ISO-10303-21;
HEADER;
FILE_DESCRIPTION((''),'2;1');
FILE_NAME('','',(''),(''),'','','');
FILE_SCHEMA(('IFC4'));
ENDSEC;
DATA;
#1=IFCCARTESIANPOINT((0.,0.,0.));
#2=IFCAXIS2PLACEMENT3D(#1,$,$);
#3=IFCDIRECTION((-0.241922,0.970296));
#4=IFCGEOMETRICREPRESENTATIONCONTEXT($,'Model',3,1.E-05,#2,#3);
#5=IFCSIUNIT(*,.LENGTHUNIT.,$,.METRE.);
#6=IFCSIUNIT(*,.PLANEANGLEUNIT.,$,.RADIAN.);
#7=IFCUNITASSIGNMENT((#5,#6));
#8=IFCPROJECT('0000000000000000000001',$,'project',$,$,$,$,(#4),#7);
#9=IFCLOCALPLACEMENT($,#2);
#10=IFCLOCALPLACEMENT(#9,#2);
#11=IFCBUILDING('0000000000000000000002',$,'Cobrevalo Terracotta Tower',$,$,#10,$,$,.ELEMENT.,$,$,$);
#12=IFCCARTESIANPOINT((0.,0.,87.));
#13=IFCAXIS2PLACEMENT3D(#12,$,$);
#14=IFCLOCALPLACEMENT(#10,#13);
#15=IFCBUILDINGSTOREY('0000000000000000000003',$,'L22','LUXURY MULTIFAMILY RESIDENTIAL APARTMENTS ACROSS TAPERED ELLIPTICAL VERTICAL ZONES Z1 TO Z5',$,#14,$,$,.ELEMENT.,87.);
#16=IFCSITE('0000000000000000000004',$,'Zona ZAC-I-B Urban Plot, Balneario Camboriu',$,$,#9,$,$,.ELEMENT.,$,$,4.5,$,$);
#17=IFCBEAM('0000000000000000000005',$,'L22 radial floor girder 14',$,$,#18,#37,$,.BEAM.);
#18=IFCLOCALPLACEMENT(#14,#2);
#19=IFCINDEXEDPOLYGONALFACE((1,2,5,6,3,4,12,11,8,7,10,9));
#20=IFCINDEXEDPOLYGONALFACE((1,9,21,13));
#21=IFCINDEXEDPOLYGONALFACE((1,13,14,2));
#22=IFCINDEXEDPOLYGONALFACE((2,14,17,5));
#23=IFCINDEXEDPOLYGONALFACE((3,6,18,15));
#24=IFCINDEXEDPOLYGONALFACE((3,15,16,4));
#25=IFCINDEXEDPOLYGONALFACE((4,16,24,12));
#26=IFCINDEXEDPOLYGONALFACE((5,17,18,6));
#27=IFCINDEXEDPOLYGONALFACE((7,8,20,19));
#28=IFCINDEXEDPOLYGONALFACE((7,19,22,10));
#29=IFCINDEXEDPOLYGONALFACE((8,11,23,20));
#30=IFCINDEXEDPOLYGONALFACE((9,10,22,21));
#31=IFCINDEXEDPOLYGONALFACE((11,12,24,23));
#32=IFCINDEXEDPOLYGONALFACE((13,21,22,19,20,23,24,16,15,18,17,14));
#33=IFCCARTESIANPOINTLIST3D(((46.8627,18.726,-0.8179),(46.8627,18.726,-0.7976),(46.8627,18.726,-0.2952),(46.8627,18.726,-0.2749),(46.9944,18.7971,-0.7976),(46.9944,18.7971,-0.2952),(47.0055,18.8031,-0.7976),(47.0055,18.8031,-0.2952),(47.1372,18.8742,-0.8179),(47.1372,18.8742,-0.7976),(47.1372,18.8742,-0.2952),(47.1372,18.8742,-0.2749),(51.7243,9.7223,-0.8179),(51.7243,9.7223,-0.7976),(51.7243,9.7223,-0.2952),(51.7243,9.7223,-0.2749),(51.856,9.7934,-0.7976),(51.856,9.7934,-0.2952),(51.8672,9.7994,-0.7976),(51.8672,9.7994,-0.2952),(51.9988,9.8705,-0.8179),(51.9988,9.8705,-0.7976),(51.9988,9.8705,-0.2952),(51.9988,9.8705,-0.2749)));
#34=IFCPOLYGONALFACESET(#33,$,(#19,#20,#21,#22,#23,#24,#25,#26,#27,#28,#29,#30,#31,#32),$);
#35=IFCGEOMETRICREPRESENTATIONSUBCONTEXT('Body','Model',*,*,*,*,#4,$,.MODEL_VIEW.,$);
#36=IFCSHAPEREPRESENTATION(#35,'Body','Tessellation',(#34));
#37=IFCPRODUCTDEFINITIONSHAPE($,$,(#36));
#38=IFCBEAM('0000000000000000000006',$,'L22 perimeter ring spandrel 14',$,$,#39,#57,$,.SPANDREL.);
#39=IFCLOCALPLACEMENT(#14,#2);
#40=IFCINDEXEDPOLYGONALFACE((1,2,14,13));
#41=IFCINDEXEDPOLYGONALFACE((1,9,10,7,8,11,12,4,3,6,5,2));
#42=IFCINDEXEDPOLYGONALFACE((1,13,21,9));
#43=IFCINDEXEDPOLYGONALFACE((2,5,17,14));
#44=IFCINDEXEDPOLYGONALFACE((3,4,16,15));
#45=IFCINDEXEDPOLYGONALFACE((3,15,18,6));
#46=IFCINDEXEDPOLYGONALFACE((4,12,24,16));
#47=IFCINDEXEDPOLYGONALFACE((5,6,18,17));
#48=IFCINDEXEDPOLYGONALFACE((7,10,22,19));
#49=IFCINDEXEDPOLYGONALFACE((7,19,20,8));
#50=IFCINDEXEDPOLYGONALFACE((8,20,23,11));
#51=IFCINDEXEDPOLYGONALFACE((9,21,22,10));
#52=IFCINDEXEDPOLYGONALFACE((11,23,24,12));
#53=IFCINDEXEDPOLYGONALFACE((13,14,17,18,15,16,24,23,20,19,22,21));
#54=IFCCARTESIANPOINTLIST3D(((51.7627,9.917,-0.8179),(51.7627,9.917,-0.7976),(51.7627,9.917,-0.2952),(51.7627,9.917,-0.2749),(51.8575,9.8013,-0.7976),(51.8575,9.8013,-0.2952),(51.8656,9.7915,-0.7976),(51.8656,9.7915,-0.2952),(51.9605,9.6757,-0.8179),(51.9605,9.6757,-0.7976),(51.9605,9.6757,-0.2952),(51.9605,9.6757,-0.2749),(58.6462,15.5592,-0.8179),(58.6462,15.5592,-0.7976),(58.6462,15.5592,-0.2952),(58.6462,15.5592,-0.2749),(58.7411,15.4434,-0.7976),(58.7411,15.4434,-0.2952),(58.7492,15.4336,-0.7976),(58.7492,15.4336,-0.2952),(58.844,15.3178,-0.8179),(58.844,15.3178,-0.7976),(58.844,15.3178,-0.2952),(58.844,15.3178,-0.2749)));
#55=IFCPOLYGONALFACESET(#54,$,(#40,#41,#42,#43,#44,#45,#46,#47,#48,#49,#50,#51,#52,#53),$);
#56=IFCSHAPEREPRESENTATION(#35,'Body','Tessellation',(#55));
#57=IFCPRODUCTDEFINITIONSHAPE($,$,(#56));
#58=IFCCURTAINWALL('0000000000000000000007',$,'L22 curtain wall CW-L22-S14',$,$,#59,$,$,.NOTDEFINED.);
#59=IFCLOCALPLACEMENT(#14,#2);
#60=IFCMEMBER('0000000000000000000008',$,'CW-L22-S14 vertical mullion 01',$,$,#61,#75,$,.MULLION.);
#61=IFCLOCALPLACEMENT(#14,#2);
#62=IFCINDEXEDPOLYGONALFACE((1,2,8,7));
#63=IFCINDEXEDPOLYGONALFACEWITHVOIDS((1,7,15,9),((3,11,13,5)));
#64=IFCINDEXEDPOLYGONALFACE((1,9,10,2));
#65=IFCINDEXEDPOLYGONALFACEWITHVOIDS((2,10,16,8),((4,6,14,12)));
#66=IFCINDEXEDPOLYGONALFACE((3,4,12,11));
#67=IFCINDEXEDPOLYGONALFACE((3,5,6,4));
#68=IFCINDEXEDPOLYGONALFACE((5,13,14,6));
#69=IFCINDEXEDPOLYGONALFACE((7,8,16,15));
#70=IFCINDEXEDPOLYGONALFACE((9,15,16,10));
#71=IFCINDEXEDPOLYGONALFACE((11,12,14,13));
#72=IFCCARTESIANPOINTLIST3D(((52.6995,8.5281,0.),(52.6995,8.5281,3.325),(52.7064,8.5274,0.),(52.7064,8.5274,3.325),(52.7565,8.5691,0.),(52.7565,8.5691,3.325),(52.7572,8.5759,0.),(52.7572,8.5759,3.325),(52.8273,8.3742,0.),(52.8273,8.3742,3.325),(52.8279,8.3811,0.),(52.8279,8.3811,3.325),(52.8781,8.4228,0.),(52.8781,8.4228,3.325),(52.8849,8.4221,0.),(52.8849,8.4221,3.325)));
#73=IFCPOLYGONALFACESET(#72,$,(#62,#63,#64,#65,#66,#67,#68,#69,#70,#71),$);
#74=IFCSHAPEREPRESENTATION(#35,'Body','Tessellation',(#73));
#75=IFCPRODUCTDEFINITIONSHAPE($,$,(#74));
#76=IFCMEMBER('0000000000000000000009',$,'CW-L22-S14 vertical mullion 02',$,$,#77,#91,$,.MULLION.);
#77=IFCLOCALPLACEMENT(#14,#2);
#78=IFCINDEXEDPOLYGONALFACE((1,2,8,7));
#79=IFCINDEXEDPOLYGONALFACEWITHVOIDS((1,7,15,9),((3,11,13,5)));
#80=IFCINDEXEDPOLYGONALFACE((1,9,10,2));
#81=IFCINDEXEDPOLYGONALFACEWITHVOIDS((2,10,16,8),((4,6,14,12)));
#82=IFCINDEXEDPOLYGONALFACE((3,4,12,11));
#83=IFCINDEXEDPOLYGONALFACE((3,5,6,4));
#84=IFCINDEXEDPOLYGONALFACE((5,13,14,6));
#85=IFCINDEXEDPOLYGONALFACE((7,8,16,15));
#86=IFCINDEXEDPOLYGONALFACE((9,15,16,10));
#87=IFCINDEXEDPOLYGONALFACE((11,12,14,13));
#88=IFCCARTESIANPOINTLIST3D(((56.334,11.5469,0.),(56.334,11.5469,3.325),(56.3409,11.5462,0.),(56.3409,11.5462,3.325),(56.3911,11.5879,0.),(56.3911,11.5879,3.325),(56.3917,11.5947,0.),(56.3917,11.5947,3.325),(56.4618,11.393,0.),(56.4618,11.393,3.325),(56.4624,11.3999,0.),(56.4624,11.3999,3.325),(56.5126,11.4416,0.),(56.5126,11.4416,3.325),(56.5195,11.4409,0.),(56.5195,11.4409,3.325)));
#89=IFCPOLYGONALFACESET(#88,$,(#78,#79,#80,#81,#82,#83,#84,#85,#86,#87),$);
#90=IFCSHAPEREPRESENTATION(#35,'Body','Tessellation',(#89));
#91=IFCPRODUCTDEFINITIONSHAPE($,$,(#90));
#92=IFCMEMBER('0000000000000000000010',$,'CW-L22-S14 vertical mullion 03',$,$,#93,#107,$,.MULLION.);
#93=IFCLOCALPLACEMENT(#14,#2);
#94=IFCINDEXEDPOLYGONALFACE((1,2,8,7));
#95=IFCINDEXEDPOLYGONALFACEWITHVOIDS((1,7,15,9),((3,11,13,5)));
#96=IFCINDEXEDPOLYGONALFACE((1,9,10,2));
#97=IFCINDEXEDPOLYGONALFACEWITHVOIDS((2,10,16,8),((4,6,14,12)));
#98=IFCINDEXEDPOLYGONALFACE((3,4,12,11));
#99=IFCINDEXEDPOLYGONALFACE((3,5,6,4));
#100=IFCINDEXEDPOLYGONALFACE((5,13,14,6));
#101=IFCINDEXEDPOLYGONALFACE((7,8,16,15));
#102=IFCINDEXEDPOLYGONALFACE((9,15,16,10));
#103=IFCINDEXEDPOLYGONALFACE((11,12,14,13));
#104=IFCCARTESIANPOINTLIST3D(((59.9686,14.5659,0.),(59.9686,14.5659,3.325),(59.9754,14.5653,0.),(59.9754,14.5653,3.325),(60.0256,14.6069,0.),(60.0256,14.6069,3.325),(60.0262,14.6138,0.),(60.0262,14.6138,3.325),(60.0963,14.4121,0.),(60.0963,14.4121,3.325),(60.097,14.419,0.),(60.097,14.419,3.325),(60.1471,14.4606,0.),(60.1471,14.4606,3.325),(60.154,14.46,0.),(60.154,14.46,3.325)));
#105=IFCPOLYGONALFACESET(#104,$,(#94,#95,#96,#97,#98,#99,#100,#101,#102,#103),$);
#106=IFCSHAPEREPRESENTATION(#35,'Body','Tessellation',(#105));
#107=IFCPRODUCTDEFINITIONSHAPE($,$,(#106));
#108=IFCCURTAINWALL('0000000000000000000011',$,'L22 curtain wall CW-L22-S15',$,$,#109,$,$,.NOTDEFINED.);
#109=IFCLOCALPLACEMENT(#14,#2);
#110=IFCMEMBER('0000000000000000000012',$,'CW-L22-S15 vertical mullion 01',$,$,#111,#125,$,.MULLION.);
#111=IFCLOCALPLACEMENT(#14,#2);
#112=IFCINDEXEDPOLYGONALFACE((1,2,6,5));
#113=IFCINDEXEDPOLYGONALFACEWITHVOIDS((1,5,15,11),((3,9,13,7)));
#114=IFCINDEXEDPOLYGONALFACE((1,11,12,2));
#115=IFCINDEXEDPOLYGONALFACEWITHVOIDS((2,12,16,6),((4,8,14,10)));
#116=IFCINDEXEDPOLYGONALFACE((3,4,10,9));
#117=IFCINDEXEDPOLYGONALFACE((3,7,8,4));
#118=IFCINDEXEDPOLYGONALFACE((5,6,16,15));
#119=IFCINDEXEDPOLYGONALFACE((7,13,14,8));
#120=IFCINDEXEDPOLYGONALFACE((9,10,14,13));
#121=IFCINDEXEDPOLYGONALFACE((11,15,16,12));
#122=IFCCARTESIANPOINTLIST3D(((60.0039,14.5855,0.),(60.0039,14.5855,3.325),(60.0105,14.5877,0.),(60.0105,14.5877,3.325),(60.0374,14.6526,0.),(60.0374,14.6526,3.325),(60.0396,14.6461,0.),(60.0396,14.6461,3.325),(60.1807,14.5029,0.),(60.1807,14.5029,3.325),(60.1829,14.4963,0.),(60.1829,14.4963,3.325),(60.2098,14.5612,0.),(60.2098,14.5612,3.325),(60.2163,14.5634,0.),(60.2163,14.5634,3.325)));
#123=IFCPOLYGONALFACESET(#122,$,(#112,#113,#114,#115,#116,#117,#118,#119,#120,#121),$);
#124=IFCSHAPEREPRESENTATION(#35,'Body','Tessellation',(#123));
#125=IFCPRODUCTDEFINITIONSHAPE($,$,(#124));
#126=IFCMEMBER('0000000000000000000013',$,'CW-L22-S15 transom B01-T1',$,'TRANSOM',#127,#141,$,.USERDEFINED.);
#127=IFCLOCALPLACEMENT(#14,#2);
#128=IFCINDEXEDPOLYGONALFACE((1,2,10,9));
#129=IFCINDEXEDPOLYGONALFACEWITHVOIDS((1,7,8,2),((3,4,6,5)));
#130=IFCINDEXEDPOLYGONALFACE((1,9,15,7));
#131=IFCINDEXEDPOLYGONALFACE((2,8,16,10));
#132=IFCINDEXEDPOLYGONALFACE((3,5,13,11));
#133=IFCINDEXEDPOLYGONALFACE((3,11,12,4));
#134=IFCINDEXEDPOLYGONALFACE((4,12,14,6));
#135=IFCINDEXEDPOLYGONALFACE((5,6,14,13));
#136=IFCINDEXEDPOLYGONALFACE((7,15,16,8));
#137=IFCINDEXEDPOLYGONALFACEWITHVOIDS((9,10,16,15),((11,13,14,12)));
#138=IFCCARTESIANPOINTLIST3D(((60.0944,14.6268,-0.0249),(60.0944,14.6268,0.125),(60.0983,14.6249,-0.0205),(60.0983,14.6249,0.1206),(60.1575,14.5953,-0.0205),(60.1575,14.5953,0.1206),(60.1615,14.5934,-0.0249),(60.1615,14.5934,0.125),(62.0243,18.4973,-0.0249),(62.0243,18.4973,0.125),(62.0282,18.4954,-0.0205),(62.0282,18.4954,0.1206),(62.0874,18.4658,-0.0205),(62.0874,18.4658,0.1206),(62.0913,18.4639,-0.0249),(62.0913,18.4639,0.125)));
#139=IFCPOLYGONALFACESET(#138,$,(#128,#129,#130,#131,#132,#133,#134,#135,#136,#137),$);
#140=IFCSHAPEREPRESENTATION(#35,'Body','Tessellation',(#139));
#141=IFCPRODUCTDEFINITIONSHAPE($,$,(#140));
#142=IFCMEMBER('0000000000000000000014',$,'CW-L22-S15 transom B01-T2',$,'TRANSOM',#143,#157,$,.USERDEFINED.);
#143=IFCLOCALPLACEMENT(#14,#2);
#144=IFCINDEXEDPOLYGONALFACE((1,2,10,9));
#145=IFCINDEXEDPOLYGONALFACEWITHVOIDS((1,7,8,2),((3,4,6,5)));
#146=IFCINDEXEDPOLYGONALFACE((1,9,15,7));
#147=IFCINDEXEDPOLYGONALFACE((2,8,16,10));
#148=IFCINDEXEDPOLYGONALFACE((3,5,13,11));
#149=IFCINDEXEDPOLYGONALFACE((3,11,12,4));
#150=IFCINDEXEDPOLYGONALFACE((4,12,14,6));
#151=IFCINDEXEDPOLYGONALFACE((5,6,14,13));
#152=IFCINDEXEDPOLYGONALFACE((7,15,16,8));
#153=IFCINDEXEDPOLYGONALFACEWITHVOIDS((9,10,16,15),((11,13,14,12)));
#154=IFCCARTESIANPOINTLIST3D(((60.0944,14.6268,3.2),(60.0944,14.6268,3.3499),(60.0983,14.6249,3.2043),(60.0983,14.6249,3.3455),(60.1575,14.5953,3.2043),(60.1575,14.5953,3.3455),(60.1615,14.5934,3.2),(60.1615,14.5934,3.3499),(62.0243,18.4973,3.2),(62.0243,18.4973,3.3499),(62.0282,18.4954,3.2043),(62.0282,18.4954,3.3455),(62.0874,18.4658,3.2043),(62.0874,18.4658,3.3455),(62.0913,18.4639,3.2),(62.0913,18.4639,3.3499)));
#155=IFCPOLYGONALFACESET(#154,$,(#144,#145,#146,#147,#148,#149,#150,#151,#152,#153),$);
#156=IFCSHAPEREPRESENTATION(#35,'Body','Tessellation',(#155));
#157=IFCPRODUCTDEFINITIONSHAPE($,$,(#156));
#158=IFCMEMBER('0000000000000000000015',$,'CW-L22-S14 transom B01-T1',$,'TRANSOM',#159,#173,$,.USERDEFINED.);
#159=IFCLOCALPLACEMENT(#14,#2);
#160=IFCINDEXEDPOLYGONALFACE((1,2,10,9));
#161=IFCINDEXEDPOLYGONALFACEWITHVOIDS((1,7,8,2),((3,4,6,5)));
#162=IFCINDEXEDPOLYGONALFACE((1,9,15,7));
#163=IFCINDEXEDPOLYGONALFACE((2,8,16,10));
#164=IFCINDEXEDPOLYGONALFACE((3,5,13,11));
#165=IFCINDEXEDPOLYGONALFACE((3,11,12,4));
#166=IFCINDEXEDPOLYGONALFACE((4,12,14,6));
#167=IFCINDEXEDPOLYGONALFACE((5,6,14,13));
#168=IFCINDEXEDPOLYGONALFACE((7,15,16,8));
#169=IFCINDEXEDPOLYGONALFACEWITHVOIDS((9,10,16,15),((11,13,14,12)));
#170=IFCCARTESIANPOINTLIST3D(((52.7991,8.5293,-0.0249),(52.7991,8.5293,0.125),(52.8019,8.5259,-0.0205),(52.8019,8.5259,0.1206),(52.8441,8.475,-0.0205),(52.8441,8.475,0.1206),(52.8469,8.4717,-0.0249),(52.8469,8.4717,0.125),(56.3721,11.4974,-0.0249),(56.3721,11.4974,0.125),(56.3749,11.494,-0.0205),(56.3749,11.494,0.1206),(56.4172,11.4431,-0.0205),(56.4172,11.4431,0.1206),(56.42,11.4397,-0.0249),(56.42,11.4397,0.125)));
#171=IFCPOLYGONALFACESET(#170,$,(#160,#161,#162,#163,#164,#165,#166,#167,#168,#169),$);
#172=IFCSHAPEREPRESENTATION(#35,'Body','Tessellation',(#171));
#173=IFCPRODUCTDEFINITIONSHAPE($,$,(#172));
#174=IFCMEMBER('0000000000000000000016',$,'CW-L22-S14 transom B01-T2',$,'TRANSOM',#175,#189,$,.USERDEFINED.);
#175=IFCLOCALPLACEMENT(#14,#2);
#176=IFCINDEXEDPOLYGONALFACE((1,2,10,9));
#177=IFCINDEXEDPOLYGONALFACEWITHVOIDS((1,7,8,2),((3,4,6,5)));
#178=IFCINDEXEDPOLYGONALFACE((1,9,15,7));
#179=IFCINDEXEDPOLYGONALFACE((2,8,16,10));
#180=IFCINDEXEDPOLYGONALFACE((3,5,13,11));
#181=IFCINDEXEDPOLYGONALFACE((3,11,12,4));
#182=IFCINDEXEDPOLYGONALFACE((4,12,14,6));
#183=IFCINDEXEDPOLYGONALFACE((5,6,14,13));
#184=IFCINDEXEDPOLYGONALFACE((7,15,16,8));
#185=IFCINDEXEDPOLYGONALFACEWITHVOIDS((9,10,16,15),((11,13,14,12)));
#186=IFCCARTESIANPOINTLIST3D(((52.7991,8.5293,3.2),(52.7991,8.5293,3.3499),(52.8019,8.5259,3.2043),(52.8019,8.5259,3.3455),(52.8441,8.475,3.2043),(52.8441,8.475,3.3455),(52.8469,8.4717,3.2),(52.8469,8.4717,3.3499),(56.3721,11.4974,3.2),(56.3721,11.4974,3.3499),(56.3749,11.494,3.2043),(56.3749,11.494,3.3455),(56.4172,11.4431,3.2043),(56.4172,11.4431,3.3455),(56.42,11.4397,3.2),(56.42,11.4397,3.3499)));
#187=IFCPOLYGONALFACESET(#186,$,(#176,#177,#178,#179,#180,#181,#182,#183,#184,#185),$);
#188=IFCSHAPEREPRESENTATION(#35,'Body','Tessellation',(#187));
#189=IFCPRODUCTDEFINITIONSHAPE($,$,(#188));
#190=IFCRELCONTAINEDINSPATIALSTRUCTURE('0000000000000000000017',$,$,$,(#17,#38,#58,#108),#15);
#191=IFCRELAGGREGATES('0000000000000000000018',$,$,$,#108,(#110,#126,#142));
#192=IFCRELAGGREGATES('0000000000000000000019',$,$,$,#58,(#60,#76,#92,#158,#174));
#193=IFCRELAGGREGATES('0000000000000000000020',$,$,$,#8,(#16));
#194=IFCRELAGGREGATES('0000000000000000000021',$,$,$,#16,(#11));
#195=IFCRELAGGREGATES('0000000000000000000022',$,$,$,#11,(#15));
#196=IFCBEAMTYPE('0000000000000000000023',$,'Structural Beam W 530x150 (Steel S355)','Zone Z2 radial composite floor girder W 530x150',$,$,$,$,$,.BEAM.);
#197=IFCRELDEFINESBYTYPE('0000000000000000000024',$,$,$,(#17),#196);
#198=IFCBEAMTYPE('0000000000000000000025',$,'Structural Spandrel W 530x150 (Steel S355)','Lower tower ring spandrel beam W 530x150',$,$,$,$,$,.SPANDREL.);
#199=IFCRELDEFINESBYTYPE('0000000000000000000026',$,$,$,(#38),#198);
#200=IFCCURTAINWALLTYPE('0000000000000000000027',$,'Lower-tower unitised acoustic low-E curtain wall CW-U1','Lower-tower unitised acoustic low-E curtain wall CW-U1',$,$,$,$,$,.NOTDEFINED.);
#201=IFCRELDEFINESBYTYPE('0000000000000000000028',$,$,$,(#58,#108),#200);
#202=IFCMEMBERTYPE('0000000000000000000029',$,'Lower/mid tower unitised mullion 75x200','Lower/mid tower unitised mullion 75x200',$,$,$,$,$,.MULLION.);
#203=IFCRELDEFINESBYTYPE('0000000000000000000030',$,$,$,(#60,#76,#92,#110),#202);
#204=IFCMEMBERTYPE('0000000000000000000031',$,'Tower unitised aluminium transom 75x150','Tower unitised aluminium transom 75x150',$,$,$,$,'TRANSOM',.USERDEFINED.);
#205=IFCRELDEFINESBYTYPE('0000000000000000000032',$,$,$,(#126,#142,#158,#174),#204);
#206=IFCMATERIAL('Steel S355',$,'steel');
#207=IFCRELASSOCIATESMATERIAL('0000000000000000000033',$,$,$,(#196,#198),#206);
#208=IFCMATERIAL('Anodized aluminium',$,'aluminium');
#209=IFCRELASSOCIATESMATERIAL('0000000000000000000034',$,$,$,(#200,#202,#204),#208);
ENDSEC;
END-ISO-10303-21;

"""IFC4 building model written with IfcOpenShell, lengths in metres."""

from ifc_helpers import new_model, si_unit, direction, frame, origin, origin_2d, place, context, subcontext, project, spatial, hollow_rectangle, i_section, extrude, source, transform, mapped, material, material_profile, profile_set, type_object, element, aggregate, save


model = new_model("IFC4")

# Units and contexts
model_context = context("Model", 3, precision=1e-05, world=origin(), true_north=direction((-0.241922, 0.970296)))
body_context = subcontext(model_context, "Body", "Model", "MODEL_VIEW")
ifc_project = project(units=[si_unit("LENGTHUNIT", "METRE"), si_unit("PLANEANGLEUNIT", "RADIAN")], contexts=[model_context])

# Site, building, storey
site_placement = place(None, origin())
site = spatial("IfcSite", under=ifc_project, at=site_placement, Name="Zona ZAC-I-B Urban Plot, Balneario Camboriu", CompositionType="ELEMENT", RefElevation=4.5)
building_placement = place(site_placement, origin())
building = spatial("IfcBuilding", under=site, at=building_placement, Name="Cobrevalo Terracotta Tower", CompositionType="ELEMENT")
storey_placement = place(building_placement, frame((0.0, 0.0, 87.0)))
storey = spatial("IfcBuildingStorey", under=building, at=storey_placement, Name="L22", Description="LUXURY MULTIFAMILY RESIDENTIAL APARTMENTS ACROSS TAPERED ELLIPTICAL VERTICAL ZONES Z1 TO Z5", CompositionType="ELEMENT", Elevation=87.0)

# Shared definitions
ifc_material_1 = material(Name="Steel S355", Category="steel")

# Beams
ifc_material_profile_1 = material_profile(ifc_material_1, i_section(OverallWidth=0.312, OverallDepth=0.543, WebThickness=0.0127, FlangeThickness=0.0203, at=origin_2d()), Name="W 530x150")
ifc_profile_set_1 = profile_set([ifc_material_profile_1], Name="Steel S355")
beam_type_1 = type_object("IfcBeamType", Name="Structural Beam W 530x150 (Steel S355)", Description="Zone Z2 radial composite floor girder W 530x150", PredefinedType="BEAM", material=ifc_profile_set_1)
beam_1_placement = place(storey_placement, frame((51.8616, 9.7964, -0.5464), z_axis=(-0.475118, 0.879922, 0.0), x_axis=(-0.879922, -0.475118, 0.0)))
element("IfcBeam", 1, at=beam_1_placement, inside=storey, type_object=beam_type_1, Name="L22 radial floor girder 14", PredefinedType="BEAM", context=body_context, shape_type="SweptSolid", body=[
    extrude(i_section(OverallWidth=0.312, OverallDepth=0.543, WebThickness=0.0127, FlangeThickness=0.0203, at=origin_2d()), origin(), (0.0, 0.0, 1.0), 10.2324),
])
ifc_material_profile_2 = material_profile(ifc_material_1, i_section(OverallWidth=0.312, OverallDepth=0.543, WebThickness=0.0127, FlangeThickness=0.0203, at=origin_2d()), Name="W 530x150")
ifc_profile_set_2 = profile_set([ifc_material_profile_2], Name="Steel S355")
beam_type_2 = type_object("IfcBeamType", Name="Structural Spandrel W 530x150 (Steel S355)", Description="Lower tower ring spandrel beam W 530x150", PredefinedType="SPANDREL", material=ifc_profile_set_2)
beam_2_placement = place(storey_placement, frame((51.8616, 9.7964, -0.5464), z_axis=(0.773401, 0.633917, 0.0), x_axis=(-0.633917, 0.773401, 0.0)))
element("IfcBeam", 2, at=beam_2_placement, inside=storey, type_object=beam_type_2, Name="L22 perimeter ring spandrel 14", PredefinedType="SPANDREL", context=body_context, shape_type="SweptSolid", body=[
    extrude(i_section(OverallWidth=0.312, OverallDepth=0.543, WebThickness=0.0127, FlangeThickness=0.0203, at=origin_2d()), origin(), (0.0, 0.0, 1.0), 8.9004),
])

# Curtain walls, members
ifc_material_2 = material(Name="Anodized aluminium", Category="aluminium")
curtain_wall_type = type_object("IfcCurtainWallType", Name="Lower-tower unitised acoustic low-E curtain wall CW-U1", Description="Lower-tower unitised acoustic low-E curtain wall CW-U1", PredefinedType="NOTDEFINED", material=ifc_material_2)
curtain_wall_1_placement = place(storey_placement, origin())
curtain_wall_1 = element("IfcCurtainWall", 3, at=curtain_wall_1_placement, inside=storey, type_object=curtain_wall_type, Name="L22 curtain wall CW-L22-S14", PredefinedType="NOTDEFINED")
ifc_material_profile_3 = material_profile(ifc_material_2, hollow_rectangle(XDim=0.075, YDim=0.2, WallThickness=0.0049, at=origin_2d()), Name="CWM 75x200")
ifc_profile_set_3 = profile_set([ifc_material_profile_3], Name="Anodized aluminium")
member_type_1 = type_object("IfcMemberType", Name="Lower/mid tower unitised mullion 75x200", Description="Lower/mid tower unitised mullion 75x200", PredefinedType="MULLION", material=ifc_profile_set_3)
shared_shape_1 = source(origin(), body_context, "Body", "SweptSolid", [
    extrude(hollow_rectangle(XDim=0.075, YDim=0.2, WallThickness=0.0049, at=origin_2d()), origin(), (0.0, 0.0, 1.0), 3.325),
])
member_1_placement = place(storey_placement, frame((52.7922, 8.4751, 0.0), z_axis=(0.0, 0.0, 1.0), x_axis=(0.769243, 0.638956, 0.0)))
member_1 = element("IfcMember", 4, at=member_1_placement, type_object=member_type_1, Name="CW-L22-S14 vertical mullion 01", PredefinedType="MULLION", context=body_context, shape_type="MappedRepresentation", body=[
    mapped(shared_shape_1, transform((0.0, 0.0, 0.0), scale=1.0)),
])
member_2_placement = place(storey_placement, frame((56.4268, 11.4939, 0.0), z_axis=(0.0, 0.0, 1.0), x_axis=(0.769243, 0.638956, 0.0)))
member_2 = element("IfcMember", 5, at=member_2_placement, type_object=member_type_1, Name="CW-L22-S14 vertical mullion 02", PredefinedType="MULLION", context=body_context, shape_type="MappedRepresentation", body=[
    mapped(shared_shape_1, transform((0.0, 0.0, 0.0), scale=1.0)),
])
member_3_placement = place(storey_placement, frame((60.0613, 14.5129, 0.0), z_axis=(0.0, 0.0, 1.0), x_axis=(0.769243, 0.638956, 0.0)))
member_3 = element("IfcMember", 6, at=member_3_placement, type_object=member_type_1, Name="CW-L22-S14 vertical mullion 03", PredefinedType="MULLION", context=body_context, shape_type="MappedRepresentation", body=[
    mapped(shared_shape_1, transform((0.0, 0.0, 0.0), scale=1.0)),
])
curtain_wall_2_placement = place(storey_placement, origin())
curtain_wall_2 = element("IfcCurtainWall", 7, at=curtain_wall_2_placement, inside=storey, type_object=curtain_wall_type, Name="L22 curtain wall CW-L22-S15", PredefinedType="NOTDEFINED")
member_4_placement = place(storey_placement, frame((60.1101, 14.5745, 0.0), z_axis=(0.0, 0.0, 1.0), x_axis=(0.44626, 0.894903, 0.0)))
member_4 = element("IfcMember", 8, at=member_4_placement, type_object=member_type_1, Name="CW-L22-S15 vertical mullion 01", PredefinedType="MULLION", context=body_context, shape_type="MappedRepresentation", body=[
    mapped(shared_shape_1, transform((0.0, 0.0, 0.0), scale=1.0)),
])
ifc_material_profile_4 = material_profile(ifc_material_2, hollow_rectangle(XDim=0.075, YDim=0.1499, WallThickness=0.0044, at=origin_2d()), Name="CWT 75x150")
ifc_profile_set_4 = profile_set([ifc_material_profile_4], Name="Anodized aluminium")
member_type_2 = type_object("IfcMemberType", Name="Tower unitised aluminium transom 75x150", Description="Tower unitised aluminium transom 75x150", ElementType="TRANSOM", PredefinedType="USERDEFINED", material=ifc_profile_set_4)
shared_shape_2 = source(origin(), body_context, "Body", "SweptSolid", [
    extrude(hollow_rectangle(XDim=0.075, YDim=0.1499, WallThickness=0.0044, at=origin_2d()), origin(), (0.0, 0.0, 1.0), 4.325),
])
member_5_placement = place(storey_placement, frame((60.1279, 14.6101, 0.05), z_axis=(0.44622, 0.894923, 0.0), x_axis=(-0.894923, 0.44622, 0.0)))
member_5 = element("IfcMember", 9, at=member_5_placement, type_object=member_type_2, Name="CW-L22-S15 transom B01-T1", ObjectType="TRANSOM", PredefinedType="USERDEFINED", context=body_context, shape_type="MappedRepresentation", body=[
    mapped(shared_shape_2, transform((0.0, 0.0, 0.0), scale=1.0)),
])
member_6_placement = place(storey_placement, frame((60.1279, 14.6101, 3.2749), z_axis=(0.44622, 0.894923, 0.0), x_axis=(-0.894923, 0.44622, 0.0)))
member_6 = element("IfcMember", 10, at=member_6_placement, type_object=member_type_2, Name="CW-L22-S15 transom B01-T2", ObjectType="TRANSOM", PredefinedType="USERDEFINED", context=body_context, shape_type="MappedRepresentation", body=[
    mapped(shared_shape_2, transform((0.0, 0.0, 0.0), scale=1.0)),
])
aggregate(curtain_wall_2, [member_4, member_5, member_6])

# Members
shared_shape_3 = source(origin(), body_context, "Body", "SweptSolid", [
    extrude(hollow_rectangle(XDim=0.075, YDim=0.1499, WallThickness=0.0044, at=origin_2d()), origin(), (0.0, 0.0, 1.0), 4.645),
])
member_7_placement = place(storey_placement, frame((52.823, 8.5005, 0.05), z_axis=(0.769224, 0.638979, 0.0), x_axis=(-0.638979, 0.769224, 0.0)))
member_7 = element("IfcMember", 11, at=member_7_placement, type_object=member_type_2, Name="CW-L22-S14 transom B01-T1", ObjectType="TRANSOM", PredefinedType="USERDEFINED", context=body_context, shape_type="MappedRepresentation", body=[
    mapped(shared_shape_3, transform((0.0, 0.0, 0.0), scale=1.0)),
])
member_8_placement = place(storey_placement, frame((52.823, 8.5005, 3.2749), z_axis=(0.769224, 0.638979, 0.0), x_axis=(-0.638979, 0.769224, 0.0)))
member_8 = element("IfcMember", 12, at=member_8_placement, type_object=member_type_2, Name="CW-L22-S14 transom B01-T2", ObjectType="TRANSOM", PredefinedType="USERDEFINED", context=body_context, shape_type="MappedRepresentation", body=[
    mapped(shared_shape_3, transform((0.0, 0.0, 0.0), scale=1.0)),
])

aggregate(curtain_wall_1, [member_1, member_2, member_3, member_7, member_8])

save(model, "model.ifc")
